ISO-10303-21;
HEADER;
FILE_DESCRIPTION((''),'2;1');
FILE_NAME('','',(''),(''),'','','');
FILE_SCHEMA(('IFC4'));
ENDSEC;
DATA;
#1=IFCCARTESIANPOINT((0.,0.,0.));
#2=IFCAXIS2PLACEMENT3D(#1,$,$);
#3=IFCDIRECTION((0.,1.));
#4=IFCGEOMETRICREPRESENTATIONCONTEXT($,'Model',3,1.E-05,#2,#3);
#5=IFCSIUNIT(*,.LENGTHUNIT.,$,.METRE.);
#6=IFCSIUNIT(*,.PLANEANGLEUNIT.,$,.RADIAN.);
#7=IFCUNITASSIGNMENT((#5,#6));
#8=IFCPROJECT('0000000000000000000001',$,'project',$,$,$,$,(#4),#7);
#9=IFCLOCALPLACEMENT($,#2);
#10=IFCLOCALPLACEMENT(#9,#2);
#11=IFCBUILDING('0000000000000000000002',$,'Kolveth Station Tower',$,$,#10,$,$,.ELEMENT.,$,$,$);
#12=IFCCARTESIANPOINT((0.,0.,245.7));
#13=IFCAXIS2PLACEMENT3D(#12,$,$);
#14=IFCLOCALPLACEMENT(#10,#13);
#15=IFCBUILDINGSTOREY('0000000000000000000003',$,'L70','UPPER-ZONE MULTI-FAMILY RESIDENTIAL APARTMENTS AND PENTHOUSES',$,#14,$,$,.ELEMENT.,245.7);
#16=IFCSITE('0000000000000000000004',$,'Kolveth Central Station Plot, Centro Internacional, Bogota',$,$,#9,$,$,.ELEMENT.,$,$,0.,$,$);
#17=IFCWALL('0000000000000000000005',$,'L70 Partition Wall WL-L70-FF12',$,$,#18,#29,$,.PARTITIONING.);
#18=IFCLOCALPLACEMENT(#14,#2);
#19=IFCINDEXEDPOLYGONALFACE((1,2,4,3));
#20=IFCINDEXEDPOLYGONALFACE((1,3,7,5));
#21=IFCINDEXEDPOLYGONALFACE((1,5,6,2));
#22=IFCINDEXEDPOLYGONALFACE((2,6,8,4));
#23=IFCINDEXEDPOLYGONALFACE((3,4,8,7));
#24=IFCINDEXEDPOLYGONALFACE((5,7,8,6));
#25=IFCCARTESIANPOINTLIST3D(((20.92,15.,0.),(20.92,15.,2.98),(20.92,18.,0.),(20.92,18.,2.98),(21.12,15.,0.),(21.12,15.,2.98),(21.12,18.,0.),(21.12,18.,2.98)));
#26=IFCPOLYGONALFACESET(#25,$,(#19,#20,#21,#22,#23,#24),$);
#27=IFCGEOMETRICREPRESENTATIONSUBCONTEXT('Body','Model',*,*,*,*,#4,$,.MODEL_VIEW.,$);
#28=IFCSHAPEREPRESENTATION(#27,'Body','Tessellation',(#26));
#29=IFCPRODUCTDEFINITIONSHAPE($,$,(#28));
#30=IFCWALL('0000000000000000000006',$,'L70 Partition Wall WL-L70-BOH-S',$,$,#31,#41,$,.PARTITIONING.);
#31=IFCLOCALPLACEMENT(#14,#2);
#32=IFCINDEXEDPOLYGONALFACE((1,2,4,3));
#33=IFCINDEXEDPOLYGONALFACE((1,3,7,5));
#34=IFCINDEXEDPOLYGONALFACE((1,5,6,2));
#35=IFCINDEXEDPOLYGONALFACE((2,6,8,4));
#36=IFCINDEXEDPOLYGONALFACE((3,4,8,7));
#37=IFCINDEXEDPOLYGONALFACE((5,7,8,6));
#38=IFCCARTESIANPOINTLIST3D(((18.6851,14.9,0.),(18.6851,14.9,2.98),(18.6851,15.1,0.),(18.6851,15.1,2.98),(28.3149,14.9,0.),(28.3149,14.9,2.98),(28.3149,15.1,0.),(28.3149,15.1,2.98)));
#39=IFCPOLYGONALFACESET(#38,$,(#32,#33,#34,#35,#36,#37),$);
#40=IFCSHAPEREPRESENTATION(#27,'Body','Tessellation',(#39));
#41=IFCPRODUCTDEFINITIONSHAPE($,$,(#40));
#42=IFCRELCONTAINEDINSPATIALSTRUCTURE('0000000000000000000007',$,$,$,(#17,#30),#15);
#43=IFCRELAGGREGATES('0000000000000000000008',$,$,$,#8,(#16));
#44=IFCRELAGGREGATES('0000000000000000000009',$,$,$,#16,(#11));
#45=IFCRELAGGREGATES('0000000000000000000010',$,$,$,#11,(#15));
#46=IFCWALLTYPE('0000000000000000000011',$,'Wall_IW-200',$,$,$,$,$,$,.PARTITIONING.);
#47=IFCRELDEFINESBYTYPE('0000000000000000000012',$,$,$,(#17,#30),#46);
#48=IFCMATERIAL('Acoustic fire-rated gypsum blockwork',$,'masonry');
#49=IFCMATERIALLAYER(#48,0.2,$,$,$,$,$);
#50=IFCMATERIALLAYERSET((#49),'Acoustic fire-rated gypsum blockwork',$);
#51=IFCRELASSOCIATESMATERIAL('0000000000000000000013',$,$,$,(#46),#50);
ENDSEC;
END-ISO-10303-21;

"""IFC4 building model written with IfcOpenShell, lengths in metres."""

from ifc_helpers import new_model, si_unit, direction, frame, frame_2d, origin, place, context, subcontext, project, spatial, rectangle, extrude, material, layer, layer_set, type_object, element, save


model = new_model("IFC4")

# Units and contexts
model_context = context("Model", 3, precision=1e-05, world=origin(), true_north=direction((0.0, 1.0)))
body_context = subcontext(model_context, "Body", "Model", "MODEL_VIEW")
ifc_project = project(units=[si_unit("LENGTHUNIT", "METRE"), si_unit("PLANEANGLEUNIT", "RADIAN")], contexts=[model_context])

# Site, building, storey
site_placement = place(None, origin())
site = spatial("IfcSite", under=ifc_project, at=site_placement, Name="Kolveth Central Station Plot, Centro Internacional, Bogota", CompositionType="ELEMENT", RefElevation=0.0)
building_placement = place(site_placement, origin())
building = spatial("IfcBuilding", under=site, at=building_placement, Name="Kolveth Station Tower", CompositionType="ELEMENT")
storey_placement = place(building_placement, frame((0.0, 0.0, 245.7)))
storey = spatial("IfcBuildingStorey", under=building, at=storey_placement, Name="L70", Description="UPPER-ZONE MULTI-FAMILY RESIDENTIAL APARTMENTS AND PENTHOUSES", CompositionType="ELEMENT", Elevation=245.7)

# Walls
ifc_material_1 = material(Name="Acoustic fire-rated gypsum blockwork", Category="masonry")
ifc_layer_1 = layer(ifc_material_1, 0.2)
ifc_layer_set_1 = layer_set([ifc_layer_1], Name="Acoustic fire-rated gypsum blockwork")
wall_type_1 = type_object("IfcWallType", Name="Wall_IW-200", PredefinedType="PARTITIONING", material=ifc_layer_set_1)
wall_1_placement = place(storey_placement, frame((21.02, 15.0, 0.0), z_axis=(0.0, 0.0, 1.0), x_axis=(0.0, 1.0, 0.0)))
element("IfcWall", 1, at=wall_1_placement, inside=storey, type_object=wall_type_1, Name="L70 Partition Wall WL-L70-FF12", PredefinedType="PARTITIONING", context=body_context, shape_type="SweptSolid", body=[
    extrude(rectangle(XDim=3.0, YDim=0.2, at=frame_2d((1.5, 0.0))), origin(), (0.0, 0.0, 1.0), 2.98),
])
wall_2_placement = place(storey_placement, frame((18.6851, 15.0, 0.0), z_axis=(0.0, 0.0, 1.0), x_axis=(1.0, 0.0, 0.0)))
element("IfcWall", 2, at=wall_2_placement, inside=storey, type_object=wall_type_1, Name="L70 Partition Wall WL-L70-BOH-S", PredefinedType="PARTITIONING", context=body_context, shape_type="SweptSolid", body=[
    extrude(rectangle(XDim=9.6299, YDim=0.2, at=frame_2d((4.8149, 0.0))), origin(), (0.0, 0.0, 1.0), 2.98),
])

save(model, "model.ifc")
